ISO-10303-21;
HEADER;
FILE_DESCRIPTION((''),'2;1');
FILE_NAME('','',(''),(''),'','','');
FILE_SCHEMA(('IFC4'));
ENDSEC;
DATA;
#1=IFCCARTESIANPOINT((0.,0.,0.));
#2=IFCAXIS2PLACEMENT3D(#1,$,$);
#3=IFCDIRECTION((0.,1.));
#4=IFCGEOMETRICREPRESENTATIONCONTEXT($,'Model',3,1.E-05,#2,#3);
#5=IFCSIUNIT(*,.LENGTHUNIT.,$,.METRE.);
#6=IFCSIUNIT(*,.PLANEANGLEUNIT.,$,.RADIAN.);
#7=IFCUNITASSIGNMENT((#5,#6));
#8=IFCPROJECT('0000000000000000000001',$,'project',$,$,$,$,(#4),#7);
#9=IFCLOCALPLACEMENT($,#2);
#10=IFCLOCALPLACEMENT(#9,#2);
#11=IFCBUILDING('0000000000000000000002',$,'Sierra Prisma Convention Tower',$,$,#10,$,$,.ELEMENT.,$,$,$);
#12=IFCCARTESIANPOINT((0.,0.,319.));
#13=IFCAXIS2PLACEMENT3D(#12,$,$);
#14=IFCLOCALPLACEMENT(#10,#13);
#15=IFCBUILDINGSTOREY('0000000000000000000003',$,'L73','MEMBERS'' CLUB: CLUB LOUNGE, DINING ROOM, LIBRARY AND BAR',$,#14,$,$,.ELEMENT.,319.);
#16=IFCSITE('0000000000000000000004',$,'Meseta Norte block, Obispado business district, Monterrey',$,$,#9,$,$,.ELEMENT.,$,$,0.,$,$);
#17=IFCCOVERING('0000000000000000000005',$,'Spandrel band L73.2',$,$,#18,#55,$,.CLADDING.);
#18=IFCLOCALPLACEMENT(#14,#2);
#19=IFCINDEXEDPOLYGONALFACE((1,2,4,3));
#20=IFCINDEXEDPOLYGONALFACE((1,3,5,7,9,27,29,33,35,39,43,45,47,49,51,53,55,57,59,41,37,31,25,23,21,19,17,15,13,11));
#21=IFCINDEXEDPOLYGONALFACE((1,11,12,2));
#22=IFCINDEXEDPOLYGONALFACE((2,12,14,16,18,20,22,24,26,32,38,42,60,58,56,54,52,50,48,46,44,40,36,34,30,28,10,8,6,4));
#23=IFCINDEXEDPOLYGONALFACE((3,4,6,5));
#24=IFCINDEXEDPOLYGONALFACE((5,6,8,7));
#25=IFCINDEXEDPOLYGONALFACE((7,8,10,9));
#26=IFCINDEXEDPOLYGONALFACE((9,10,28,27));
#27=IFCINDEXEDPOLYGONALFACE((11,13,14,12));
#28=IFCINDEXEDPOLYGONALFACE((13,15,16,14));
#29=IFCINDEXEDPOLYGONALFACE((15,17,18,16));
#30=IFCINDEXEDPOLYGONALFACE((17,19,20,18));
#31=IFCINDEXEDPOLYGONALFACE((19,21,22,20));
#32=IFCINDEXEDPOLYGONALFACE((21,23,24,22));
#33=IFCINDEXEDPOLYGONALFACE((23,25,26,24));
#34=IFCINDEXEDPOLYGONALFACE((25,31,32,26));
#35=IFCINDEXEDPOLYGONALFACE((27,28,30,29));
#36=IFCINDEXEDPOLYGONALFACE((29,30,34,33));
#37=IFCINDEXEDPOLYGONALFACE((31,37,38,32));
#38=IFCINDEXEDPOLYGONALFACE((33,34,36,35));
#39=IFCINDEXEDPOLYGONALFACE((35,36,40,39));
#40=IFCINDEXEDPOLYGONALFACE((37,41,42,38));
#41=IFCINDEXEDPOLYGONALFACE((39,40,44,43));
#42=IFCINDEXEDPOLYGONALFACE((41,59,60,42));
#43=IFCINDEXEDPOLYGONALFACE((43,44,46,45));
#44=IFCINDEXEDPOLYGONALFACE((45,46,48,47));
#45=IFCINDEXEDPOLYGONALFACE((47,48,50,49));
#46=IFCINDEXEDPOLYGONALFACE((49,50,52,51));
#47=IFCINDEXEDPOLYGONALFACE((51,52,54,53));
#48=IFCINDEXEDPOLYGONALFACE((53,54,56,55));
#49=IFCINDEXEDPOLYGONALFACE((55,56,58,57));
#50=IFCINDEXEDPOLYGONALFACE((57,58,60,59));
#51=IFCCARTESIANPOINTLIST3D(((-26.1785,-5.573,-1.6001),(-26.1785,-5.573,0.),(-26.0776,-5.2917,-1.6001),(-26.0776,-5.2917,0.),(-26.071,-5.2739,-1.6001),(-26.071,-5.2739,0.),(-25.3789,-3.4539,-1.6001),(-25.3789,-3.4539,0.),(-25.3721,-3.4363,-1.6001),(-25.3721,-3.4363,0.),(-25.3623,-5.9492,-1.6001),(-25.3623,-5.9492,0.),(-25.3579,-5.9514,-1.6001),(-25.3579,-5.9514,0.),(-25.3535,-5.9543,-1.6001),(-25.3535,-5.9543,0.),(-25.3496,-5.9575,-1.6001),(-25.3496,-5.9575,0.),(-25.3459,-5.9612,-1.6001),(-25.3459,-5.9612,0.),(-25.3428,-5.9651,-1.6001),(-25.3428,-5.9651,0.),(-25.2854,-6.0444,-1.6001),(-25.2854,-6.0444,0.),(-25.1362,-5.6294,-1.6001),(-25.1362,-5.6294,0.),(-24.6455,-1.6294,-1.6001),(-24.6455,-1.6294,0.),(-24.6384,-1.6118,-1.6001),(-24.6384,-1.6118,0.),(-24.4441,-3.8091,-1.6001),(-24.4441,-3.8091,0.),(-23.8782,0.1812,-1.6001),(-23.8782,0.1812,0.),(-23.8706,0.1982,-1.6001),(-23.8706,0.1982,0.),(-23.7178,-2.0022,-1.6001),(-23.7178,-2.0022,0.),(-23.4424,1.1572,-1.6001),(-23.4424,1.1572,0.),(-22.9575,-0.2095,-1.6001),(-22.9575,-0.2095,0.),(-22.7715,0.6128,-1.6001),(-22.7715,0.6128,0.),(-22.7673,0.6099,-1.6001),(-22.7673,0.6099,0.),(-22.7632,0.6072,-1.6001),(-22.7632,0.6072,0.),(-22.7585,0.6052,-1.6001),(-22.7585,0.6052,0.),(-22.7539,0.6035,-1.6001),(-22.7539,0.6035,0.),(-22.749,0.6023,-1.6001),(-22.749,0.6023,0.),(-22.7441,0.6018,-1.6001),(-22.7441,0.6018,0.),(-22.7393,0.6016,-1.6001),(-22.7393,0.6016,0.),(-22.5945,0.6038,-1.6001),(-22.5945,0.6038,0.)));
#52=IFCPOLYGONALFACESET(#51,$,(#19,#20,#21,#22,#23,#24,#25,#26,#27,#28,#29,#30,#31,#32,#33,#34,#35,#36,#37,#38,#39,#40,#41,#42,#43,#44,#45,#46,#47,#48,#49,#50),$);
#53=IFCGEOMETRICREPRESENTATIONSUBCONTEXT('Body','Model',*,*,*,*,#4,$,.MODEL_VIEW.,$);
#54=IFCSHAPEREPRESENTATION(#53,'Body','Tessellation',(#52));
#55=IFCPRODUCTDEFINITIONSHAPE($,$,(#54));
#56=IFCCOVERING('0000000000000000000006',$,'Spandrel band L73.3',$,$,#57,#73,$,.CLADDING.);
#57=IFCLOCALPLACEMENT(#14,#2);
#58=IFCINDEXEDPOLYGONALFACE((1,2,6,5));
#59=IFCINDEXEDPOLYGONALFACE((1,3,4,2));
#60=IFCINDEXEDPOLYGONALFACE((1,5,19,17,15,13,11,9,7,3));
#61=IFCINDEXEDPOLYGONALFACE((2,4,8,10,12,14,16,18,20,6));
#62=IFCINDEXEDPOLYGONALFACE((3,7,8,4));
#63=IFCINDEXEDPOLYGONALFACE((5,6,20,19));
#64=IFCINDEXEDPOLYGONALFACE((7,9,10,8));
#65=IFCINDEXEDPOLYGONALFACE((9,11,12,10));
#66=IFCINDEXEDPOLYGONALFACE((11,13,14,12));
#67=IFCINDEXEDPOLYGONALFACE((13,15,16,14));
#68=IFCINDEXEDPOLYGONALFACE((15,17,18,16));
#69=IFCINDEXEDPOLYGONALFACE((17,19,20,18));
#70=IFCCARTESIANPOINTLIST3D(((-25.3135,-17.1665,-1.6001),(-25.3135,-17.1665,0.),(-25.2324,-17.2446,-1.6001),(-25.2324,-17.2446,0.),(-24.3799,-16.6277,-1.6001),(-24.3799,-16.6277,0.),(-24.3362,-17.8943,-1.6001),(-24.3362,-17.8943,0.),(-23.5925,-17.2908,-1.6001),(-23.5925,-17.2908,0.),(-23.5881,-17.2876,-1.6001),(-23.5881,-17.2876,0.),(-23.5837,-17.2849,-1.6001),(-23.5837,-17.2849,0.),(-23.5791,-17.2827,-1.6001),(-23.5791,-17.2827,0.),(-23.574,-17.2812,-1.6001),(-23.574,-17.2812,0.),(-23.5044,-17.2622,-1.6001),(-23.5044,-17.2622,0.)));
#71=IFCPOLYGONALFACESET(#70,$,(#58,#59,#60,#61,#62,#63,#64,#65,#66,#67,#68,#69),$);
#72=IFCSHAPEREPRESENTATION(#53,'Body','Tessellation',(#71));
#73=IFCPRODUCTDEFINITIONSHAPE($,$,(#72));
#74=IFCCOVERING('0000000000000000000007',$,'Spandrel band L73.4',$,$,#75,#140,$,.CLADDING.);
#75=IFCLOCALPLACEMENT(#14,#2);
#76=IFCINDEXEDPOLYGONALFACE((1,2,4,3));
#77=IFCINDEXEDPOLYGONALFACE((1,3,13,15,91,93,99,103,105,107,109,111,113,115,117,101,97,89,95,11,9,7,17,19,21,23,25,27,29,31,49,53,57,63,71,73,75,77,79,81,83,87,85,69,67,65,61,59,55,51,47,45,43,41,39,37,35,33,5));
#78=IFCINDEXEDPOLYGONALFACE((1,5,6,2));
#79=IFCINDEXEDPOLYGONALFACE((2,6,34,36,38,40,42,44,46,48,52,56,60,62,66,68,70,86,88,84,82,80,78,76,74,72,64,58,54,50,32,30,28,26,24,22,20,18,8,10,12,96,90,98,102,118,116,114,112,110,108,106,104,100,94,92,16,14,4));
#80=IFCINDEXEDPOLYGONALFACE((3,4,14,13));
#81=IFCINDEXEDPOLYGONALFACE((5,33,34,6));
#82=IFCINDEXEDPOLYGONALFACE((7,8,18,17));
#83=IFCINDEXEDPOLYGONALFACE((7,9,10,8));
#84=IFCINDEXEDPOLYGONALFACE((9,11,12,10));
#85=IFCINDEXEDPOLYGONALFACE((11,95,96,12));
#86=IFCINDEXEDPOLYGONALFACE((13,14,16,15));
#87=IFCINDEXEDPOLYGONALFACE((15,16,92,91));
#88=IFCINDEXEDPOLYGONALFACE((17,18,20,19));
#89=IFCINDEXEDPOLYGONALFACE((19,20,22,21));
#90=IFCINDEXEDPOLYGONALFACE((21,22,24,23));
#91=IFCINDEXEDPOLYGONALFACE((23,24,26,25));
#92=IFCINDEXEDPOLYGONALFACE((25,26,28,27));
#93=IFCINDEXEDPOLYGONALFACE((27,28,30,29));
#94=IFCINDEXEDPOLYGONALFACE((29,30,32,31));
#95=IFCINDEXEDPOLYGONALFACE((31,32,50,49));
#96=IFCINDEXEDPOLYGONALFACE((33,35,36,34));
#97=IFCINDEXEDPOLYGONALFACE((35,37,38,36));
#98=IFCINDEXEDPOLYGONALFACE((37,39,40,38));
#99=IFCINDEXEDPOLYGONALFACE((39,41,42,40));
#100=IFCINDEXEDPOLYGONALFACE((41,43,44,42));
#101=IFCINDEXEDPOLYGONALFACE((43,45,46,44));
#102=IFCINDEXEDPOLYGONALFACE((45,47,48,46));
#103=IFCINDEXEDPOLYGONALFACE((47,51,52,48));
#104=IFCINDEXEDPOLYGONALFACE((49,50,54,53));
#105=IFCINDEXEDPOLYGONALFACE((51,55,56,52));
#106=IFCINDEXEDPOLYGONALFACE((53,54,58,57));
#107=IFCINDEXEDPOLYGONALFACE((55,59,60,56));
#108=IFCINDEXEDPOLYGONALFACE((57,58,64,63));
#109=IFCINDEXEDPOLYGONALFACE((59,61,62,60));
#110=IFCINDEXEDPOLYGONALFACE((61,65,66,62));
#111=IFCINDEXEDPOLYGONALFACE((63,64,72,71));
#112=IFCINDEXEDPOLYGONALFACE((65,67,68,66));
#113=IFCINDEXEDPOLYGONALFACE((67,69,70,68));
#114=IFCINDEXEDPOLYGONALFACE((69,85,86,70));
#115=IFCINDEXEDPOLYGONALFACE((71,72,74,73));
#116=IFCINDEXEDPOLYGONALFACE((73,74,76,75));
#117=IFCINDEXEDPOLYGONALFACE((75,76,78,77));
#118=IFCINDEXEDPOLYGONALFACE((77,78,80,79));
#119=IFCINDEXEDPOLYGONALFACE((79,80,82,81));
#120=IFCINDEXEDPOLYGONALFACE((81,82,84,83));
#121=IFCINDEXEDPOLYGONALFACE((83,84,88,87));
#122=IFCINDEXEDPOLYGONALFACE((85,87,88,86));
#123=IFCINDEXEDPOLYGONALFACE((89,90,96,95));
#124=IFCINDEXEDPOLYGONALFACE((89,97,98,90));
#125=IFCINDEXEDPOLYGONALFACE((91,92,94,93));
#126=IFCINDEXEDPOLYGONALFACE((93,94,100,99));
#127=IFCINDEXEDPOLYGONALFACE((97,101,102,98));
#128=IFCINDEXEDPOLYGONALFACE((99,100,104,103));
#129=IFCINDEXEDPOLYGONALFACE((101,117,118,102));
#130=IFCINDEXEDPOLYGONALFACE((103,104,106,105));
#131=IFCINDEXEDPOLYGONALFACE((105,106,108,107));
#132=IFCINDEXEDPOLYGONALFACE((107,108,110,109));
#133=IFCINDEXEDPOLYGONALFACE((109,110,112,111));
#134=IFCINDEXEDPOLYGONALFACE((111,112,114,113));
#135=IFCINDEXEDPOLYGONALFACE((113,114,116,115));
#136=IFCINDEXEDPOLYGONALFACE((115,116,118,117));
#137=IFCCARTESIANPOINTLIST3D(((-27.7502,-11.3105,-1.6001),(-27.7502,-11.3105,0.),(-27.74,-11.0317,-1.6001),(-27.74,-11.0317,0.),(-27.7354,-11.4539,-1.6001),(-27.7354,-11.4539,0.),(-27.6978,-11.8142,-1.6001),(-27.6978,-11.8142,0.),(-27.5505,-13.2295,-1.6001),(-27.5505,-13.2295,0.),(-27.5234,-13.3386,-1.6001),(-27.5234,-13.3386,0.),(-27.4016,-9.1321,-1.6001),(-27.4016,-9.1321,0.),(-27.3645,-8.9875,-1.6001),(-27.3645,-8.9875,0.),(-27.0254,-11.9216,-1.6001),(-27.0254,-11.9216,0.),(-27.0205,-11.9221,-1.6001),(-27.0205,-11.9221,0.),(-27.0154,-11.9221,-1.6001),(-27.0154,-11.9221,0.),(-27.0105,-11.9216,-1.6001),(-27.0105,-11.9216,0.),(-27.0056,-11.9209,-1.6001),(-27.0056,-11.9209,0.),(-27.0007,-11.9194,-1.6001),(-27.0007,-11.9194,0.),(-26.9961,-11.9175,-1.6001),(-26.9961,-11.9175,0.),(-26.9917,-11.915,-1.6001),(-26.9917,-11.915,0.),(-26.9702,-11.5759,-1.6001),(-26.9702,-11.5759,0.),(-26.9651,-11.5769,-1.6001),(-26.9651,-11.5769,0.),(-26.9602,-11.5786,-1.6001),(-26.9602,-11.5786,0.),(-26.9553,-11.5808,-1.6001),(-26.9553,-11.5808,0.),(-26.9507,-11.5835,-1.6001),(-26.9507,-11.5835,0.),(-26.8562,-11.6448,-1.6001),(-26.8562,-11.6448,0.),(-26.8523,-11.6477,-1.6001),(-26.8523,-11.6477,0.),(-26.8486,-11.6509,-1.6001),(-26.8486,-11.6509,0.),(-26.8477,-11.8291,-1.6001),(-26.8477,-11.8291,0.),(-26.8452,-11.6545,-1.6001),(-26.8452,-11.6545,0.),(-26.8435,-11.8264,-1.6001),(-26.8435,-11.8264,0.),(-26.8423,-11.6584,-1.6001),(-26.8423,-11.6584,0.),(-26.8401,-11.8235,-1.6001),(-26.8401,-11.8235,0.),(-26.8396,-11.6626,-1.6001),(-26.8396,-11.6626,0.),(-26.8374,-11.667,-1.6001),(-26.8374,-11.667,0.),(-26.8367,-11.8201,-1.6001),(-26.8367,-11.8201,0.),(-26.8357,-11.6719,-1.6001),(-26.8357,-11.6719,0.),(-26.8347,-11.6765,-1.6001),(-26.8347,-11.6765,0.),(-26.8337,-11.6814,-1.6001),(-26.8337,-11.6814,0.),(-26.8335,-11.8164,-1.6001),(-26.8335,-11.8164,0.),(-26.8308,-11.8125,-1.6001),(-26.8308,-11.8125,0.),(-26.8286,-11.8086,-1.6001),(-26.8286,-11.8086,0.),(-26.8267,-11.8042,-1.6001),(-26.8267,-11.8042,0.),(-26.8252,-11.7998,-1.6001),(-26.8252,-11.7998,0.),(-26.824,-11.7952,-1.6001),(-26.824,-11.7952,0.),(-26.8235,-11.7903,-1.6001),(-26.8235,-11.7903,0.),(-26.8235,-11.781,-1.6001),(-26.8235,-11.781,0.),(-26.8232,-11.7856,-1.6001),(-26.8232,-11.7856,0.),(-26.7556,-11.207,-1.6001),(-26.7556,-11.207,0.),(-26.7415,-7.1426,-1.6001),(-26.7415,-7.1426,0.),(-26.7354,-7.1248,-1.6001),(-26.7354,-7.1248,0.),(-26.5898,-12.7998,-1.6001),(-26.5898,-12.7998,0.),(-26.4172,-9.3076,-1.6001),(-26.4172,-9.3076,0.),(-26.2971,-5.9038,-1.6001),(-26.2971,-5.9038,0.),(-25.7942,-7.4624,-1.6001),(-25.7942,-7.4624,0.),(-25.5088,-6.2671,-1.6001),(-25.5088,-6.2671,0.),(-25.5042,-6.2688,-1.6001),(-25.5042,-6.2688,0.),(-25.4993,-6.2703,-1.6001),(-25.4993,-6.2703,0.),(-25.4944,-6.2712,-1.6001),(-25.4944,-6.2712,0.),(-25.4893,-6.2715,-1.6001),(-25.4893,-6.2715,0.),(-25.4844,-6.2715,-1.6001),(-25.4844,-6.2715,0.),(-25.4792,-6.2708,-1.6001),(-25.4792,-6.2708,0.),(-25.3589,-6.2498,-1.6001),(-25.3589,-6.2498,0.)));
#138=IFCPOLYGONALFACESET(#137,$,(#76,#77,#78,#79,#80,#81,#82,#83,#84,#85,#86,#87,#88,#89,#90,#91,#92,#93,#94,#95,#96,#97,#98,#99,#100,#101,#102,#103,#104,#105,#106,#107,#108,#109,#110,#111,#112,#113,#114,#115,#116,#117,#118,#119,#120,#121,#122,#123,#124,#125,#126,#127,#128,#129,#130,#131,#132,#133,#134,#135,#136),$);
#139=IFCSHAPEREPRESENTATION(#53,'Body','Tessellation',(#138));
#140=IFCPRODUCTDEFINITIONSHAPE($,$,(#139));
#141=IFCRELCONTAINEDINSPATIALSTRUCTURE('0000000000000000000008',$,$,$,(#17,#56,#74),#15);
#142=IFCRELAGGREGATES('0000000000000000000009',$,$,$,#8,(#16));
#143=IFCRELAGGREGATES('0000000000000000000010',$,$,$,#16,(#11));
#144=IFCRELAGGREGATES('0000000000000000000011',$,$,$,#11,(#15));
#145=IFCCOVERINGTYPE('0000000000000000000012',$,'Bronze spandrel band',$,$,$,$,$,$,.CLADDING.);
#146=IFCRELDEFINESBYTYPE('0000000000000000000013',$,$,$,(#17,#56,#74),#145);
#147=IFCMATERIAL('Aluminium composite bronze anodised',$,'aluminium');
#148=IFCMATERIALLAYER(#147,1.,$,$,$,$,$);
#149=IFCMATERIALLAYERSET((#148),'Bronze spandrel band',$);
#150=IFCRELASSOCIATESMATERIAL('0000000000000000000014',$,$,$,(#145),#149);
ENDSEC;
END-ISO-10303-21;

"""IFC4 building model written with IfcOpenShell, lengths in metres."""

from ifc_helpers import new_model, si_unit, direction, frame, origin, place, context, subcontext, project, spatial, polyline, outline, extrude, material, layer, layer_set, type_object, element, save


model = new_model("IFC4")

# Units and contexts
model_context = context("Model", 3, precision=1e-05, world=origin(), true_north=direction((0.0, 1.0)))
body_context = subcontext(model_context, "Body", "Model", "MODEL_VIEW")
ifc_project = project(units=[si_unit("LENGTHUNIT", "METRE"), si_unit("PLANEANGLEUNIT", "RADIAN")], contexts=[model_context])

# Site, building, storey
site_placement = place(None, origin())
site = spatial("IfcSite", under=ifc_project, at=site_placement, Name="Meseta Norte block, Obispado business district, Monterrey", CompositionType="ELEMENT", RefElevation=0.0)
building_placement = place(site_placement, origin())
building = spatial("IfcBuilding", under=site, at=building_placement, Name="Sierra Prisma Convention Tower", CompositionType="ELEMENT")
storey_placement = place(building_placement, frame((0.0, 0.0, 319.0)))
storey = spatial("IfcBuildingStorey", under=building, at=storey_placement, Name="L73", Description="MEMBERS' CLUB: CLUB LOUNGE, DINING ROOM, LIBRARY AND BAR", CompositionType="ELEMENT", Elevation=319.0)

# Coverings
ifc_material_1 = material(Name="Aluminium composite bronze anodised", Category="aluminium")
ifc_layer_1 = layer(ifc_material_1, 1.0)
ifc_layer_set_1 = layer_set([ifc_layer_1], Name="Bronze spandrel band")
covering_type = type_object("IfcCoveringType", Name="Bronze spandrel band", PredefinedType="CLADDING", material=ifc_layer_set_1)
covering_1_placement = place(storey_placement, frame((0.0, 0.0, -1.6001)))
element("IfcCovering", 1, at=covering_1_placement, inside=storey, type_object=covering_type, Name="Spandrel band L73.2", PredefinedType="CLADDING", context=body_context, shape_type="SweptSolid", body=[
    extrude(outline(polyline([(-25.3428, -5.9651), (-25.3459, -5.9612), (-25.3496, -5.9575), (-25.3535, -5.9543), (-25.3579, -5.9514), (-25.3623, -5.9492), (-26.1785, -5.573), (-26.0776, -5.2917), (-26.071, -5.2739), (-25.3789, -3.4539), (-25.3721, -3.4363), (-24.6455, -1.6294), (-24.6384, -1.6118), (-23.8782, 0.1812), (-23.8706, 0.1982), (-23.4424, 1.1572), (-22.7715, 0.6128), (-22.7673, 0.6099), (-22.7632, 0.6072), (-22.7585, 0.6052), (-22.7539, 0.6035), (-22.749, 0.6023), (-22.7441, 0.6018), (-22.7393, 0.6016), (-22.5945, 0.6038), (-22.9575, -0.2095), (-23.7178, -2.0022), (-24.4441, -3.8091), (-25.1362, -5.6294), (-25.2854, -6.0444), (-25.3428, -5.9651)])), origin(), (0.0, 0.0, 1.0), 1.6001),
])
covering_2_placement = place(storey_placement, frame((0.0, 0.0, -1.6001)))
element("IfcCovering", 2, at=covering_2_placement, inside=storey, type_object=covering_type, Name="Spandrel band L73.3", PredefinedType="CLADDING", context=body_context, shape_type="SweptSolid", body=[
    extrude(outline(polyline([(-23.5044, -17.2622), (-23.574, -17.2812), (-23.5791, -17.2827), (-23.5837, -17.2849), (-23.5881, -17.2876), (-23.5925, -17.2908), (-24.3362, -17.8943), (-25.2324, -17.2446), (-25.3135, -17.1665), (-24.3799, -16.6277), (-23.5044, -17.2622)])), origin(), (0.0, 0.0, 1.0), 1.6001),
])
covering_3_placement = place(storey_placement, frame((0.0, 0.0, -1.6001)))
element("IfcCovering", 3, at=covering_3_placement, inside=storey, type_object=covering_type, Name="Spandrel band L73.4", PredefinedType="CLADDING", context=body_context, shape_type="SweptSolid", body=[
    extrude(outline(polyline([(-27.5505, -13.2295), (-27.6978, -11.8142), (-27.0254, -11.9216), (-27.0205, -11.9221), (-27.0154, -11.9221), (-27.0105, -11.9216), (-27.0056, -11.9209), (-27.0007, -11.9194), (-26.9961, -11.9175), (-26.9917, -11.915), (-26.8477, -11.8291), (-26.8435, -11.8264), (-26.8401, -11.8235), (-26.8367, -11.8201), (-26.8335, -11.8164), (-26.8308, -11.8125), (-26.8286, -11.8086), (-26.8267, -11.8042), (-26.8252, -11.7998), (-26.824, -11.7952), (-26.8235, -11.7903), (-26.8232, -11.7856), (-26.8235, -11.781), (-26.8337, -11.6814), (-26.8347, -11.6765), (-26.8357, -11.6719), (-26.8374, -11.667), (-26.8396, -11.6626), (-26.8423, -11.6584), (-26.8452, -11.6545), (-26.8486, -11.6509), (-26.8523, -11.6477), (-26.8562, -11.6448), (-26.9507, -11.5835), (-26.9553, -11.5808), (-26.9602, -11.5786), (-26.9651, -11.5769), (-26.9702, -11.5759), (-27.7354, -11.4539), (-27.7502, -11.3105), (-27.74, -11.0317), (-27.4016, -9.1321), (-27.3645, -8.9875), (-26.7415, -7.1426), (-26.7354, -7.1248), (-26.2971, -5.9038), (-25.5088, -6.2671), (-25.5042, -6.2688), (-25.4993, -6.2703), (-25.4944, -6.2712), (-25.4893, -6.2715), (-25.4844, -6.2715), (-25.4792, -6.2708), (-25.3589, -6.2498), (-25.7942, -7.4624), (-26.4172, -9.3076), (-26.7556, -11.207), (-26.5898, -12.7998), (-27.5234, -13.3386), (-27.5505, -13.2295)])), origin(), (0.0, 0.0, 1.0), 1.6001),
])

save(model, "model.ifc")
